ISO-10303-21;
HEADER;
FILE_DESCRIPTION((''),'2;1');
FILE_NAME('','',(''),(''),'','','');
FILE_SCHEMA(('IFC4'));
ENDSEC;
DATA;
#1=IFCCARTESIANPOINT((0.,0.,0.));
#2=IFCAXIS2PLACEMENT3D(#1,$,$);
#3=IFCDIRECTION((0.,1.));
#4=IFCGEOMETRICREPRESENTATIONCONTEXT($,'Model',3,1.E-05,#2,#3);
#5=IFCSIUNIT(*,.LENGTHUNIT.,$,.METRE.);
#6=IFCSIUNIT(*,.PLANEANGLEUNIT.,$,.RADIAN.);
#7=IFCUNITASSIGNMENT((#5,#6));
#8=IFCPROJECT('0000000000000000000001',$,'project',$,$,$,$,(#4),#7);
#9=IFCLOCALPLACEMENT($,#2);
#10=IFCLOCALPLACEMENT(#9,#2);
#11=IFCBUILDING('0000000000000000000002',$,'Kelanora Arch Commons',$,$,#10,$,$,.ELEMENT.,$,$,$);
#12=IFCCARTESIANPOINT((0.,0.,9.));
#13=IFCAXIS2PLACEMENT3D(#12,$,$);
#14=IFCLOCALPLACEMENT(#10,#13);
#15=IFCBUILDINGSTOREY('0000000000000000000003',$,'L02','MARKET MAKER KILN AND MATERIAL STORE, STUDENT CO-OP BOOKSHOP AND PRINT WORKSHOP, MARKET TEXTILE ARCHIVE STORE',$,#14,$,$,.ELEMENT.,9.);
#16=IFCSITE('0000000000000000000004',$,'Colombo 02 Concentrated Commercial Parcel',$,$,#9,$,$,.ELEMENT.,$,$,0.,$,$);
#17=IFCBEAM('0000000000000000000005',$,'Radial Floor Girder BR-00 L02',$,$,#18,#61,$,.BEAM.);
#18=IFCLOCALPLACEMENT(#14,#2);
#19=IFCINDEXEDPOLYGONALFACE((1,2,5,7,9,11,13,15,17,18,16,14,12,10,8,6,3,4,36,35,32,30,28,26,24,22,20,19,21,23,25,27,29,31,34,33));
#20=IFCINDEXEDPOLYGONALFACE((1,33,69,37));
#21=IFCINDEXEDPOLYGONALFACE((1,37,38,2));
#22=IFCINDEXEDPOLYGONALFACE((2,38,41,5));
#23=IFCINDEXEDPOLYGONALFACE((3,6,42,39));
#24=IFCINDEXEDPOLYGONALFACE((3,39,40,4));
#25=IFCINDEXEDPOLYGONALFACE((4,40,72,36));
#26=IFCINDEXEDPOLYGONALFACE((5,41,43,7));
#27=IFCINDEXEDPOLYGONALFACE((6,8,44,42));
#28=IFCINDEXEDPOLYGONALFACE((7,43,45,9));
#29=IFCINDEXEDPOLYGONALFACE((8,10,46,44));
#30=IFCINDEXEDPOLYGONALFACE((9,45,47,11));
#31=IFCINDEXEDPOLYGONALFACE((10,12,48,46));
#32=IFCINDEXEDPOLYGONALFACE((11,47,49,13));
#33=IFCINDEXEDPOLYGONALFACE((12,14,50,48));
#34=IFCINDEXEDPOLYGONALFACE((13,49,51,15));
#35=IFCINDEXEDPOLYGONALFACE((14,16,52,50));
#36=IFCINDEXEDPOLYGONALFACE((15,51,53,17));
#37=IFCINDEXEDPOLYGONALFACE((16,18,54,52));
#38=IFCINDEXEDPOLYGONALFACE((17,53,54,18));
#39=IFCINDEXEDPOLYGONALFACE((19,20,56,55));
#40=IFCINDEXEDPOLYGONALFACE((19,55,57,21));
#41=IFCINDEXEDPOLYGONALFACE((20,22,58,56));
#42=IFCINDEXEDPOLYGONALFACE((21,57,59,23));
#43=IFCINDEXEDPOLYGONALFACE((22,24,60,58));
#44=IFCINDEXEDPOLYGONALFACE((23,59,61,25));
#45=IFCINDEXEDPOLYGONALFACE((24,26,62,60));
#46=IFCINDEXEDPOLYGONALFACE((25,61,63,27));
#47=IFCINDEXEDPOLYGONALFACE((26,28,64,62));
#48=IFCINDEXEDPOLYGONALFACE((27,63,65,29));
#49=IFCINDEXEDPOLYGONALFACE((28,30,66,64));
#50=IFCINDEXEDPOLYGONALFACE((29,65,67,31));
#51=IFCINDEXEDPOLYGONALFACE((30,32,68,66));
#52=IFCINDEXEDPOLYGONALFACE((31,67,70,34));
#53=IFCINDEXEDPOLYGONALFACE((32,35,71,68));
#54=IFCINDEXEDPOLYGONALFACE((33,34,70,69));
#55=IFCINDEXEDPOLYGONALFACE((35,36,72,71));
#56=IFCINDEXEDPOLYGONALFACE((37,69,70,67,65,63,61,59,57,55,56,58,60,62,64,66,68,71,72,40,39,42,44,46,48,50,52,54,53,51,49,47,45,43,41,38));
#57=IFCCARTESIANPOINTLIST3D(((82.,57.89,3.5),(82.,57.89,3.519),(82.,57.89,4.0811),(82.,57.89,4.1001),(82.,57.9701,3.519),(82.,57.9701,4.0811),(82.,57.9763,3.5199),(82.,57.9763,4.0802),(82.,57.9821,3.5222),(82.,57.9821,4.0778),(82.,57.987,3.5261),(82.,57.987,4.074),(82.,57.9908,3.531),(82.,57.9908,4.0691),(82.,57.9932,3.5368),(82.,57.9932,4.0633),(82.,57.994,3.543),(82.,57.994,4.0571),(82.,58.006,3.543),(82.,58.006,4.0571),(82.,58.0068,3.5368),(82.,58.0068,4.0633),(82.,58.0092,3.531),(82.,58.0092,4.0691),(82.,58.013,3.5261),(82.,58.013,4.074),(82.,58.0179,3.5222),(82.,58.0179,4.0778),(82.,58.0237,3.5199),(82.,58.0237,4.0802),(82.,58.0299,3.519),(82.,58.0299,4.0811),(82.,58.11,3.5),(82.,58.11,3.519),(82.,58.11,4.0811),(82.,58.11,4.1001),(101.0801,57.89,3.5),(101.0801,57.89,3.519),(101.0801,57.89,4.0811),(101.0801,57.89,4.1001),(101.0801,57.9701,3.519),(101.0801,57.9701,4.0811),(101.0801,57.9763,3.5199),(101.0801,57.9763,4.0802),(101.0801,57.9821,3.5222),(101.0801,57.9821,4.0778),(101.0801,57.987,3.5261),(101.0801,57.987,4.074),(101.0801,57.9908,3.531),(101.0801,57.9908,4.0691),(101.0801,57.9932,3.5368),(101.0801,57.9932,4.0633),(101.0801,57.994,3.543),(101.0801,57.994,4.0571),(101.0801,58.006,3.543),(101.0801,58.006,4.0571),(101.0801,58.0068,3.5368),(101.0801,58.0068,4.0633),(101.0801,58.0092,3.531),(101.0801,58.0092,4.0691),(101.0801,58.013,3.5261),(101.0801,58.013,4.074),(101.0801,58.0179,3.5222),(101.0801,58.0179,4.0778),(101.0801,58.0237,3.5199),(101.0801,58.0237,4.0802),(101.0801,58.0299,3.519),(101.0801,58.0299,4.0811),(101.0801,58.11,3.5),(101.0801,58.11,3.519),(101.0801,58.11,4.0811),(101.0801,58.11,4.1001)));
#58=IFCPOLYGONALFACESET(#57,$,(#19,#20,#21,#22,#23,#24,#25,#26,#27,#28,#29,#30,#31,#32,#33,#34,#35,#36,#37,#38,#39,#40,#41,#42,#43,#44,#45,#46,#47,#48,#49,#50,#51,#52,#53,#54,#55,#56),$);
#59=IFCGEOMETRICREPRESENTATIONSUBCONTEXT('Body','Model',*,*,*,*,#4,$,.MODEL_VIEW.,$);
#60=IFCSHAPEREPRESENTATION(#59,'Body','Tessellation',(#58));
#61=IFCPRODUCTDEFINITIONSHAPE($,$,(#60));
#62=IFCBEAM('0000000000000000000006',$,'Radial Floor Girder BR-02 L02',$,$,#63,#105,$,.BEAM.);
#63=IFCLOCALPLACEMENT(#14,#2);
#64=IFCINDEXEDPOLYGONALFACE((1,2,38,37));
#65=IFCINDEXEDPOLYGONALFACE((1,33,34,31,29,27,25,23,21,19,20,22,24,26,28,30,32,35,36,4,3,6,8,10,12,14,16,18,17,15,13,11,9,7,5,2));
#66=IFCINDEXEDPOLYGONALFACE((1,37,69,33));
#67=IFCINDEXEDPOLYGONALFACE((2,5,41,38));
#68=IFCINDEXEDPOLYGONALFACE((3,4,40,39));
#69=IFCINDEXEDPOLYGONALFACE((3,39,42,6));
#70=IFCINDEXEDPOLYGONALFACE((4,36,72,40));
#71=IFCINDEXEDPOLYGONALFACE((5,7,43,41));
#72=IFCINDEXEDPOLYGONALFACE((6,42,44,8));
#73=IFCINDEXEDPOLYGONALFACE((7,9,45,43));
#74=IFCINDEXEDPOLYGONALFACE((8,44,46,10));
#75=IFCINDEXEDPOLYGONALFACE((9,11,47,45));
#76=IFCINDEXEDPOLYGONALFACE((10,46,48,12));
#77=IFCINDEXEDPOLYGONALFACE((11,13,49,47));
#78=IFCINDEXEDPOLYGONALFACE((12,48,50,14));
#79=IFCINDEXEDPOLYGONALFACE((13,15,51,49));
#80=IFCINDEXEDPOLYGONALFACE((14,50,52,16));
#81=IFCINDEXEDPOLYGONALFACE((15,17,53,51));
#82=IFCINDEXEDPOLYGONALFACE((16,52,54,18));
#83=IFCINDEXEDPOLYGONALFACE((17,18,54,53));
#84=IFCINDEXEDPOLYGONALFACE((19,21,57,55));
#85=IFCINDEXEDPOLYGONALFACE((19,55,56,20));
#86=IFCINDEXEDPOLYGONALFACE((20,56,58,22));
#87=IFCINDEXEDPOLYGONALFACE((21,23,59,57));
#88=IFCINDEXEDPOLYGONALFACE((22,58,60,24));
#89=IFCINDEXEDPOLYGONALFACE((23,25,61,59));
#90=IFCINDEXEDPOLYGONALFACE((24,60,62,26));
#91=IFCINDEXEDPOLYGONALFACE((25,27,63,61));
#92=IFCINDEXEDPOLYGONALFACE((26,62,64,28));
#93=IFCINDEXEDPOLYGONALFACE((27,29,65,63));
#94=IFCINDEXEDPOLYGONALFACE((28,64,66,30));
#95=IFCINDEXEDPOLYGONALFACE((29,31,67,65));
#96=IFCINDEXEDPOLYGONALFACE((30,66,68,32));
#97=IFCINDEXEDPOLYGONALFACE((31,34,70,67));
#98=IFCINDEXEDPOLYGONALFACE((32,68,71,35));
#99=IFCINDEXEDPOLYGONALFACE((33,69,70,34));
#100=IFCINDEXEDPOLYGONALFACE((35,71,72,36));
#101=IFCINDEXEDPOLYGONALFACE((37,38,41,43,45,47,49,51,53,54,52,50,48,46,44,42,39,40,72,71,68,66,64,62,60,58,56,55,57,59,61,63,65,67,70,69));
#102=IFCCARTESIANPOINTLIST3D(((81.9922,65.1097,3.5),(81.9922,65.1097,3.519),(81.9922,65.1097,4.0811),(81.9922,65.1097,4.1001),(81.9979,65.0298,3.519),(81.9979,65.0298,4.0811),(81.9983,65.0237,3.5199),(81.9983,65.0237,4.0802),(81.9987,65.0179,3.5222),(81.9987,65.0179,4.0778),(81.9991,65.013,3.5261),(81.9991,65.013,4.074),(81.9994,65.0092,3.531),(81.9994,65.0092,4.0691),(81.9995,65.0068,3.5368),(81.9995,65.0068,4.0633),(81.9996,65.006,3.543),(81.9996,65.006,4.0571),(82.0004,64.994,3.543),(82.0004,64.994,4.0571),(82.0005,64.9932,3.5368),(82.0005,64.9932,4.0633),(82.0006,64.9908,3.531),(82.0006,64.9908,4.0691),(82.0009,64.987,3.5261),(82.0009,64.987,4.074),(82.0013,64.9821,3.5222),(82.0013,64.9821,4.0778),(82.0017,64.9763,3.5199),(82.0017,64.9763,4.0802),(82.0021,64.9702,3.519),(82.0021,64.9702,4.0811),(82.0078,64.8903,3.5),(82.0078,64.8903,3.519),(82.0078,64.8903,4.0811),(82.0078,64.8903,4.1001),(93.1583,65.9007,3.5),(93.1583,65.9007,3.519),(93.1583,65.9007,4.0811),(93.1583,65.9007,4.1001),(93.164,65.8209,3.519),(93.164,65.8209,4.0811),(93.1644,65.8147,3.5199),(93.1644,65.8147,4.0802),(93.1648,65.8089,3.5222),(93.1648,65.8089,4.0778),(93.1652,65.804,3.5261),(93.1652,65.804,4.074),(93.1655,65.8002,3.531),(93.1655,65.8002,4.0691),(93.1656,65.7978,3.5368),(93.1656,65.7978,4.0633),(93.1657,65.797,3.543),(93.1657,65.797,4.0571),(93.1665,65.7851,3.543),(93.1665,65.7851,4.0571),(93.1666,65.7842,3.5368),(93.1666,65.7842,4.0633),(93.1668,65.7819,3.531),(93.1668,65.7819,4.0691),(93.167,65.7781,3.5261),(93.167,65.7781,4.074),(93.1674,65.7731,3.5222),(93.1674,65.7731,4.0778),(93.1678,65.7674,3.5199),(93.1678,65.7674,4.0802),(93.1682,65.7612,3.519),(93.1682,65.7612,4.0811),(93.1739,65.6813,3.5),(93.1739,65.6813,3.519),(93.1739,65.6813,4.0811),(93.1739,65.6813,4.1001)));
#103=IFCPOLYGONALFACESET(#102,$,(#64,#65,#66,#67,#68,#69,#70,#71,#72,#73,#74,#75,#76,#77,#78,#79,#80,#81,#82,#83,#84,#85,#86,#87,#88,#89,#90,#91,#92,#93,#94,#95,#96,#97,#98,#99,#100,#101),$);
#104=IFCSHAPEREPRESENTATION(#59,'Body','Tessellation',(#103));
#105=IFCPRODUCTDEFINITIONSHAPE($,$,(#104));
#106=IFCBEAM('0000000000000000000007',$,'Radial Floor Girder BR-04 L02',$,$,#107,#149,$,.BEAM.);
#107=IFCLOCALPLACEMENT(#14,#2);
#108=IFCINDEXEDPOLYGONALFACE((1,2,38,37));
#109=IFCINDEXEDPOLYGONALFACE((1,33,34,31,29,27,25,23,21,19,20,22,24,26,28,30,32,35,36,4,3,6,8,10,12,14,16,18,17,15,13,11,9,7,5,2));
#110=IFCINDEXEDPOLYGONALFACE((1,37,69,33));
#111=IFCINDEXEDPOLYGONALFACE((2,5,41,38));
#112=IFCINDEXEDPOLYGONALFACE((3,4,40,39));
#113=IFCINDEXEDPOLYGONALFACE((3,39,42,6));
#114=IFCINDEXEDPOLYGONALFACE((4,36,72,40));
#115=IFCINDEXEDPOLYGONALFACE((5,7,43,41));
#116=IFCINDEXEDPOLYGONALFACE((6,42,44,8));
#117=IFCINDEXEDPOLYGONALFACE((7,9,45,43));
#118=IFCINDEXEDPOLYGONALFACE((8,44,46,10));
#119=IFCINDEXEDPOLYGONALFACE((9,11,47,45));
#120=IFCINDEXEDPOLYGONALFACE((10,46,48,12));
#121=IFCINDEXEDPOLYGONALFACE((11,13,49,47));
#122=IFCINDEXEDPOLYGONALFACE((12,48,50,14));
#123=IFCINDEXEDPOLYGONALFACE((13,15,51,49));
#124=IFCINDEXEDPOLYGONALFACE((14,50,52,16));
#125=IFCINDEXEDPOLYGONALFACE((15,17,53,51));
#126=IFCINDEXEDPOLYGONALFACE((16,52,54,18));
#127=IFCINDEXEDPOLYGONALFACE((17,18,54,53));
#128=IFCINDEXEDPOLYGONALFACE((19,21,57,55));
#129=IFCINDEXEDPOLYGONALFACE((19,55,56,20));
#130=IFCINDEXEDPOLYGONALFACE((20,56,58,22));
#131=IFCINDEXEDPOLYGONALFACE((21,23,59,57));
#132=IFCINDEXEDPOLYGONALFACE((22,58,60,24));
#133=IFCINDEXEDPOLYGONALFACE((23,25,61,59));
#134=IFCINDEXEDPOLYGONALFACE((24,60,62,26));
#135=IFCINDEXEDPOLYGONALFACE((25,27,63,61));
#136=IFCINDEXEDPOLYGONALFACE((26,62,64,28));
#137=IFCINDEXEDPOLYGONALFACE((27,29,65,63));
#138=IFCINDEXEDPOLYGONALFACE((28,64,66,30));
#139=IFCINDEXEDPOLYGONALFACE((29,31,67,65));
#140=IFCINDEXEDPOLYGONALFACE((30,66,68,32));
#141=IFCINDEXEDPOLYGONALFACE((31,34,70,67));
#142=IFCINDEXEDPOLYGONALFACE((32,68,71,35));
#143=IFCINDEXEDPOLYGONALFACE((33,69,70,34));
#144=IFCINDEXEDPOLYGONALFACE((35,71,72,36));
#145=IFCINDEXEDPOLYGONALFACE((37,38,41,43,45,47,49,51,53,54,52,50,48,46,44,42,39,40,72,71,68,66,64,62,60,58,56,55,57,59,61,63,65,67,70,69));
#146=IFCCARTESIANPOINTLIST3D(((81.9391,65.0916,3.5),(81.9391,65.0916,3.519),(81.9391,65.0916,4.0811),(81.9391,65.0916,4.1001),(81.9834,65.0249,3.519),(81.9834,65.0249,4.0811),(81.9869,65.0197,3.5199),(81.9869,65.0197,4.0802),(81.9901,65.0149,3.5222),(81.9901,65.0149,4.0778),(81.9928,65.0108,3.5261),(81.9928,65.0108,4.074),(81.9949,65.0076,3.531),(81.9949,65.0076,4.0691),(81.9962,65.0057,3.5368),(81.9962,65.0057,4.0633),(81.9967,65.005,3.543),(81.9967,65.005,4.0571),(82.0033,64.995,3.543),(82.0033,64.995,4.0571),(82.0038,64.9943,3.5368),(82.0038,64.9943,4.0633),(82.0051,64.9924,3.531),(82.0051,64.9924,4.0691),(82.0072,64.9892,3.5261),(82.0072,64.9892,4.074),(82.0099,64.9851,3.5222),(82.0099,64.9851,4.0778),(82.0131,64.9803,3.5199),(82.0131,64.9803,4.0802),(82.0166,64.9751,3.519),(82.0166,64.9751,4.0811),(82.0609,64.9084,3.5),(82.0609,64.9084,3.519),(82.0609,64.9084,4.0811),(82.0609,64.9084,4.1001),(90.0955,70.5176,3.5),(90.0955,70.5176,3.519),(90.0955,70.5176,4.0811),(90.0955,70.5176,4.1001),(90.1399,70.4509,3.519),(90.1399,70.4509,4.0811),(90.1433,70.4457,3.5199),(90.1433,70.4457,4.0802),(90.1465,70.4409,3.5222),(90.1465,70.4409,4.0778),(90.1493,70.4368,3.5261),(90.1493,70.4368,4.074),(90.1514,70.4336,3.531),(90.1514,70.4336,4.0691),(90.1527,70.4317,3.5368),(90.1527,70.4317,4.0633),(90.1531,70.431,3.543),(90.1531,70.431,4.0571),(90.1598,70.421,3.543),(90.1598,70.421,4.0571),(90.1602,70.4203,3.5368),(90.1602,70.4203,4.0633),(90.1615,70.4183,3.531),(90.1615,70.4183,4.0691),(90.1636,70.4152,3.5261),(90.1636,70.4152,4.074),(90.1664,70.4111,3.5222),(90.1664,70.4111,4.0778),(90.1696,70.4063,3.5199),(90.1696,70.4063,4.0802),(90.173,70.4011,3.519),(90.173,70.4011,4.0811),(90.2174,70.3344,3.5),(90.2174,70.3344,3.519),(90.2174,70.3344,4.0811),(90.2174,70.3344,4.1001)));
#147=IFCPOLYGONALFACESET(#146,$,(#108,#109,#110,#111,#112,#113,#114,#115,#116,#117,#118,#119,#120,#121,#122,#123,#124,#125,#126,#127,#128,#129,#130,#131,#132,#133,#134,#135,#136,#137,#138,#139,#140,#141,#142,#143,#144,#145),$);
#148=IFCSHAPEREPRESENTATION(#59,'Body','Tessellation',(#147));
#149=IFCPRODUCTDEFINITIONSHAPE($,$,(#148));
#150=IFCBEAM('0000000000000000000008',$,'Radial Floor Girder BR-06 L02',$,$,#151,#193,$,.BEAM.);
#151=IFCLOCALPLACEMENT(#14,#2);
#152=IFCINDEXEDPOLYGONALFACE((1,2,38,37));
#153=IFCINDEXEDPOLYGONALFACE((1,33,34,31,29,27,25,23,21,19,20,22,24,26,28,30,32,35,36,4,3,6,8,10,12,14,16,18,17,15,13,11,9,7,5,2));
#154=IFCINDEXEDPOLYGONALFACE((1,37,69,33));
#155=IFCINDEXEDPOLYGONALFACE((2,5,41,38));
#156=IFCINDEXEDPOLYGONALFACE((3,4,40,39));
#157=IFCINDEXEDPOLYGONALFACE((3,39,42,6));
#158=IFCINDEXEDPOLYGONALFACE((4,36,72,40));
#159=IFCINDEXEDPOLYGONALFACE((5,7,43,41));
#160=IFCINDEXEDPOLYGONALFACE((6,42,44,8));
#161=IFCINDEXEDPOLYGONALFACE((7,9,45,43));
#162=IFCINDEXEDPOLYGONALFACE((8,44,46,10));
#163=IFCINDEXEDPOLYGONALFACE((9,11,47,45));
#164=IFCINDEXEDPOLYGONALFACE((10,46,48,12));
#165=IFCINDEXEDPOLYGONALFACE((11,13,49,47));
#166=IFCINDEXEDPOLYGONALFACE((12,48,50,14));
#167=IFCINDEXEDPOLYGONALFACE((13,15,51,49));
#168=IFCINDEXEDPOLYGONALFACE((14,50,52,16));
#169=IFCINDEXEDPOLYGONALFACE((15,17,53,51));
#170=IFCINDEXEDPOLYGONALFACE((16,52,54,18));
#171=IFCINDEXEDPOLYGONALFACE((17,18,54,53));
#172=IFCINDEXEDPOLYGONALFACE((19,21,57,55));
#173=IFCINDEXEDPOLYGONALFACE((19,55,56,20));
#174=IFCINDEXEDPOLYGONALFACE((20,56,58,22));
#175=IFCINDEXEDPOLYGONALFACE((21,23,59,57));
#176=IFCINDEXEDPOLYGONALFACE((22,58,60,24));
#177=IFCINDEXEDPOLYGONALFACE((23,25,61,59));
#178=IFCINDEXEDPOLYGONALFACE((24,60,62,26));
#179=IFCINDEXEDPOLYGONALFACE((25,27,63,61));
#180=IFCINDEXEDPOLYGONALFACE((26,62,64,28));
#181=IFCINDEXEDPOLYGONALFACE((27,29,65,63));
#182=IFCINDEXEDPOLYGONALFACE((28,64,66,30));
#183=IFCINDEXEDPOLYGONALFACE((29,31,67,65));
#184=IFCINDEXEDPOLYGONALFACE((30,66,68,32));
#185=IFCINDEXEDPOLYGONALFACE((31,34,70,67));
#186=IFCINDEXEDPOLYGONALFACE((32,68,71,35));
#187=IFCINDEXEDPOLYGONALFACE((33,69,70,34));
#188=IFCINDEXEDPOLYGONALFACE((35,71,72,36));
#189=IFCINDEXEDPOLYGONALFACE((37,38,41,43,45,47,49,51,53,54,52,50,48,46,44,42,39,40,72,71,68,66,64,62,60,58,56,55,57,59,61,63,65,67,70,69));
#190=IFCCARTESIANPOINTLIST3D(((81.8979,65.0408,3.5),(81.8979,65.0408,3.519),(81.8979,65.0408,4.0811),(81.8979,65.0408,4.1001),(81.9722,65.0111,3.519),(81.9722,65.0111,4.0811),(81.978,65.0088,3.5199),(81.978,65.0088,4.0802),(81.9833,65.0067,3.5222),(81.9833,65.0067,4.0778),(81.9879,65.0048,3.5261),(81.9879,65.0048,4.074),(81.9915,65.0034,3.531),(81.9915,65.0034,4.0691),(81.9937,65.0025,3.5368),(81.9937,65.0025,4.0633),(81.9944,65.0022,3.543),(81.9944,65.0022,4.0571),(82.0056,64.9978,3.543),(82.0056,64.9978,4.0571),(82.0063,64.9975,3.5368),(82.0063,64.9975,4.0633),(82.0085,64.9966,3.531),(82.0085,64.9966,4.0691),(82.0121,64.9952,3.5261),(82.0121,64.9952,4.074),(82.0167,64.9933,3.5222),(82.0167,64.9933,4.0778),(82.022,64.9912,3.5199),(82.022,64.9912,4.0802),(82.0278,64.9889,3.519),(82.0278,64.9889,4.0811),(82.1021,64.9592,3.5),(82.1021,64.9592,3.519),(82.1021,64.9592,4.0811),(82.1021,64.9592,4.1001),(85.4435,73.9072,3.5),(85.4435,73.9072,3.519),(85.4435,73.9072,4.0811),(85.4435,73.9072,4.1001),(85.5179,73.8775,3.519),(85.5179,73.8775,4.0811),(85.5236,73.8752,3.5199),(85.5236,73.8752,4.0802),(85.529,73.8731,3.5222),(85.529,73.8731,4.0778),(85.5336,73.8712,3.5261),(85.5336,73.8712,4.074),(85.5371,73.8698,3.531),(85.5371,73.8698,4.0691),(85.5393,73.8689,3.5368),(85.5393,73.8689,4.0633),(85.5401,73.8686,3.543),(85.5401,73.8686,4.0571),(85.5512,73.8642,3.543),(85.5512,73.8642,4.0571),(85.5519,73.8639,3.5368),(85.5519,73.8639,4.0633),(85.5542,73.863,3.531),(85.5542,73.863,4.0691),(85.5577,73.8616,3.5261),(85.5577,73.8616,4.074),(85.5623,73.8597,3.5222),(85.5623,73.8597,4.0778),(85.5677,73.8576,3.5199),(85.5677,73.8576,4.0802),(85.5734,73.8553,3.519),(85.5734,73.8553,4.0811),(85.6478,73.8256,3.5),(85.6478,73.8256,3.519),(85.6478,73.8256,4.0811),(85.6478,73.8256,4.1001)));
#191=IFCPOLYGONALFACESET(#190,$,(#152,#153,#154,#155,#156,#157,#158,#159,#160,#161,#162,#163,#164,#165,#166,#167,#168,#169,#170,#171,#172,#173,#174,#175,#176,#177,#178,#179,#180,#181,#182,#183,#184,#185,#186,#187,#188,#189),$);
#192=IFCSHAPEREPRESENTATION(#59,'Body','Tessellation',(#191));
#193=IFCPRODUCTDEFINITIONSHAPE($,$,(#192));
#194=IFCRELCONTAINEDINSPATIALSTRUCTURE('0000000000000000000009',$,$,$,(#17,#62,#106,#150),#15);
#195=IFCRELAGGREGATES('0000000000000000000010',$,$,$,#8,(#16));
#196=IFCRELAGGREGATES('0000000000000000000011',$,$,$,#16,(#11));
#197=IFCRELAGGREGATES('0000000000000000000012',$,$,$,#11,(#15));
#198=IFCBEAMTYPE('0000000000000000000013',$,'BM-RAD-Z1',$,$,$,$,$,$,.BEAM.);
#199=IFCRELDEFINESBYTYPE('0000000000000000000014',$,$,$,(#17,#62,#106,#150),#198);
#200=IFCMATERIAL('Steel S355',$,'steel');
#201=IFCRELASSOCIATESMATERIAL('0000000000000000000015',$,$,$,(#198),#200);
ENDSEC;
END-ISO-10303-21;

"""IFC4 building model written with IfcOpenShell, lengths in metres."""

from ifc_helpers import new_model, si_unit, direction, frame, origin, origin_2d, place, context, subcontext, project, spatial, i_section, extrude, material, material_profile, profile_set, type_object, element, save


model = new_model("IFC4")

# Units and contexts
model_context = context("Model", 3, precision=1e-05, world=origin(), true_north=direction((0.0, 1.0)))
body_context = subcontext(model_context, "Body", "Model", "MODEL_VIEW")
ifc_project = project(units=[si_unit("LENGTHUNIT", "METRE"), si_unit("PLANEANGLEUNIT", "RADIAN")], contexts=[model_context])

# Site, building, storey
site_placement = place(None, origin())
site = spatial("IfcSite", under=ifc_project, at=site_placement, Name="Colombo 02 Concentrated Commercial Parcel", CompositionType="ELEMENT", RefElevation=0.0)
building_placement = place(site_placement, origin())
building = spatial("IfcBuilding", under=site, at=building_placement, Name="Kelanora Arch Commons", CompositionType="ELEMENT")
storey_placement = place(building_placement, frame((0.0, 0.0, 9.0)))
storey = spatial("IfcBuildingStorey", under=building, at=storey_placement, Name="L02", Description="MARKET MAKER KILN AND MATERIAL STORE, STUDENT CO-OP BOOKSHOP AND PRINT WORKSHOP, MARKET TEXTILE ARCHIVE STORE", CompositionType="ELEMENT", Elevation=9.0)

# Shared definitions
ifc_material_1 = material(Name="Steel S355", Category="steel")

# Beams
ifc_material_profile_1 = material_profile(ifc_material_1, i_section(OverallWidth=0.22, OverallDepth=0.6001, WebThickness=0.012, FlangeThickness=0.019, FilletRadius=0.0239, at=origin_2d()), Name="IPE600")
ifc_profile_set_1 = profile_set([ifc_material_profile_1], Name="Steel S355")
beam_type_1 = type_object("IfcBeamType", Name="BM-RAD-Z1", PredefinedType="BEAM", material=ifc_profile_set_1)
beam_1_placement = place(storey_placement, frame((82.0, 58.0, 3.8), z_axis=(1.0, 0.0, 0.0), x_axis=(0.0, 1.0, 0.0)))
element("IfcBeam", 1, at=beam_1_placement, inside=storey, type_object=beam_type_1, Name="Radial Floor Girder BR-00 L02", PredefinedType="BEAM", context=body_context, shape_type="SweptSolid", body=[
    extrude(i_section(OverallWidth=0.22, OverallDepth=0.6001, WebThickness=0.012, FlangeThickness=0.019, FilletRadius=0.0239, at=origin_2d()), origin(), (0.0, 0.0, 1.0), 19.0801),
])
beam_2_placement = place(storey_placement, frame((82.0, 65.0, 3.8), z_axis=(0.9975, 0.070664, 0.0), x_axis=(-0.070664, 0.9975, 0.0)))
element("IfcBeam", 2, at=beam_2_placement, inside=storey, type_object=beam_type_1, Name="Radial Floor Girder BR-02 L02", PredefinedType="BEAM", context=body_context, shape_type="SweptSolid", body=[
    extrude(i_section(OverallWidth=0.22, OverallDepth=0.6001, WebThickness=0.012, FlangeThickness=0.019, FilletRadius=0.0239, at=origin_2d()), origin(), (0.0, 0.0, 1.0), 11.1941),
])
beam_3_placement = place(storey_placement, frame((82.0, 65.0, 3.8), z_axis=(0.832598, 0.553878, 0.0), x_axis=(-0.553878, 0.832598, 0.0)))
element("IfcBeam", 3, at=beam_3_placement, inside=storey, type_object=beam_type_1, Name="Radial Floor Girder BR-04 L02", PredefinedType="BEAM", context=body_context, shape_type="SweptSolid", body=[
    extrude(i_section(OverallWidth=0.22, OverallDepth=0.6001, WebThickness=0.012, FlangeThickness=0.019, FilletRadius=0.0239, at=origin_2d()), origin(), (0.0, 0.0, 1.0), 9.7964),
])
beam_4_placement = place(storey_placement, frame((82.0, 65.0, 3.8), z_axis=(0.371307, 0.92851, 0.0), x_axis=(-0.92851, 0.371307, 0.0)))
element("IfcBeam", 4, at=beam_4_placement, inside=storey, type_object=beam_type_1, Name="Radial Floor Girder BR-06 L02", PredefinedType="BEAM", context=body_context, shape_type="SweptSolid", body=[
    extrude(i_section(OverallWidth=0.22, OverallDepth=0.6001, WebThickness=0.012, FlangeThickness=0.019, FilletRadius=0.0239, at=origin_2d()), origin(), (0.0, 0.0, 1.0), 9.5491),
])

save(model, "model.ifc")
